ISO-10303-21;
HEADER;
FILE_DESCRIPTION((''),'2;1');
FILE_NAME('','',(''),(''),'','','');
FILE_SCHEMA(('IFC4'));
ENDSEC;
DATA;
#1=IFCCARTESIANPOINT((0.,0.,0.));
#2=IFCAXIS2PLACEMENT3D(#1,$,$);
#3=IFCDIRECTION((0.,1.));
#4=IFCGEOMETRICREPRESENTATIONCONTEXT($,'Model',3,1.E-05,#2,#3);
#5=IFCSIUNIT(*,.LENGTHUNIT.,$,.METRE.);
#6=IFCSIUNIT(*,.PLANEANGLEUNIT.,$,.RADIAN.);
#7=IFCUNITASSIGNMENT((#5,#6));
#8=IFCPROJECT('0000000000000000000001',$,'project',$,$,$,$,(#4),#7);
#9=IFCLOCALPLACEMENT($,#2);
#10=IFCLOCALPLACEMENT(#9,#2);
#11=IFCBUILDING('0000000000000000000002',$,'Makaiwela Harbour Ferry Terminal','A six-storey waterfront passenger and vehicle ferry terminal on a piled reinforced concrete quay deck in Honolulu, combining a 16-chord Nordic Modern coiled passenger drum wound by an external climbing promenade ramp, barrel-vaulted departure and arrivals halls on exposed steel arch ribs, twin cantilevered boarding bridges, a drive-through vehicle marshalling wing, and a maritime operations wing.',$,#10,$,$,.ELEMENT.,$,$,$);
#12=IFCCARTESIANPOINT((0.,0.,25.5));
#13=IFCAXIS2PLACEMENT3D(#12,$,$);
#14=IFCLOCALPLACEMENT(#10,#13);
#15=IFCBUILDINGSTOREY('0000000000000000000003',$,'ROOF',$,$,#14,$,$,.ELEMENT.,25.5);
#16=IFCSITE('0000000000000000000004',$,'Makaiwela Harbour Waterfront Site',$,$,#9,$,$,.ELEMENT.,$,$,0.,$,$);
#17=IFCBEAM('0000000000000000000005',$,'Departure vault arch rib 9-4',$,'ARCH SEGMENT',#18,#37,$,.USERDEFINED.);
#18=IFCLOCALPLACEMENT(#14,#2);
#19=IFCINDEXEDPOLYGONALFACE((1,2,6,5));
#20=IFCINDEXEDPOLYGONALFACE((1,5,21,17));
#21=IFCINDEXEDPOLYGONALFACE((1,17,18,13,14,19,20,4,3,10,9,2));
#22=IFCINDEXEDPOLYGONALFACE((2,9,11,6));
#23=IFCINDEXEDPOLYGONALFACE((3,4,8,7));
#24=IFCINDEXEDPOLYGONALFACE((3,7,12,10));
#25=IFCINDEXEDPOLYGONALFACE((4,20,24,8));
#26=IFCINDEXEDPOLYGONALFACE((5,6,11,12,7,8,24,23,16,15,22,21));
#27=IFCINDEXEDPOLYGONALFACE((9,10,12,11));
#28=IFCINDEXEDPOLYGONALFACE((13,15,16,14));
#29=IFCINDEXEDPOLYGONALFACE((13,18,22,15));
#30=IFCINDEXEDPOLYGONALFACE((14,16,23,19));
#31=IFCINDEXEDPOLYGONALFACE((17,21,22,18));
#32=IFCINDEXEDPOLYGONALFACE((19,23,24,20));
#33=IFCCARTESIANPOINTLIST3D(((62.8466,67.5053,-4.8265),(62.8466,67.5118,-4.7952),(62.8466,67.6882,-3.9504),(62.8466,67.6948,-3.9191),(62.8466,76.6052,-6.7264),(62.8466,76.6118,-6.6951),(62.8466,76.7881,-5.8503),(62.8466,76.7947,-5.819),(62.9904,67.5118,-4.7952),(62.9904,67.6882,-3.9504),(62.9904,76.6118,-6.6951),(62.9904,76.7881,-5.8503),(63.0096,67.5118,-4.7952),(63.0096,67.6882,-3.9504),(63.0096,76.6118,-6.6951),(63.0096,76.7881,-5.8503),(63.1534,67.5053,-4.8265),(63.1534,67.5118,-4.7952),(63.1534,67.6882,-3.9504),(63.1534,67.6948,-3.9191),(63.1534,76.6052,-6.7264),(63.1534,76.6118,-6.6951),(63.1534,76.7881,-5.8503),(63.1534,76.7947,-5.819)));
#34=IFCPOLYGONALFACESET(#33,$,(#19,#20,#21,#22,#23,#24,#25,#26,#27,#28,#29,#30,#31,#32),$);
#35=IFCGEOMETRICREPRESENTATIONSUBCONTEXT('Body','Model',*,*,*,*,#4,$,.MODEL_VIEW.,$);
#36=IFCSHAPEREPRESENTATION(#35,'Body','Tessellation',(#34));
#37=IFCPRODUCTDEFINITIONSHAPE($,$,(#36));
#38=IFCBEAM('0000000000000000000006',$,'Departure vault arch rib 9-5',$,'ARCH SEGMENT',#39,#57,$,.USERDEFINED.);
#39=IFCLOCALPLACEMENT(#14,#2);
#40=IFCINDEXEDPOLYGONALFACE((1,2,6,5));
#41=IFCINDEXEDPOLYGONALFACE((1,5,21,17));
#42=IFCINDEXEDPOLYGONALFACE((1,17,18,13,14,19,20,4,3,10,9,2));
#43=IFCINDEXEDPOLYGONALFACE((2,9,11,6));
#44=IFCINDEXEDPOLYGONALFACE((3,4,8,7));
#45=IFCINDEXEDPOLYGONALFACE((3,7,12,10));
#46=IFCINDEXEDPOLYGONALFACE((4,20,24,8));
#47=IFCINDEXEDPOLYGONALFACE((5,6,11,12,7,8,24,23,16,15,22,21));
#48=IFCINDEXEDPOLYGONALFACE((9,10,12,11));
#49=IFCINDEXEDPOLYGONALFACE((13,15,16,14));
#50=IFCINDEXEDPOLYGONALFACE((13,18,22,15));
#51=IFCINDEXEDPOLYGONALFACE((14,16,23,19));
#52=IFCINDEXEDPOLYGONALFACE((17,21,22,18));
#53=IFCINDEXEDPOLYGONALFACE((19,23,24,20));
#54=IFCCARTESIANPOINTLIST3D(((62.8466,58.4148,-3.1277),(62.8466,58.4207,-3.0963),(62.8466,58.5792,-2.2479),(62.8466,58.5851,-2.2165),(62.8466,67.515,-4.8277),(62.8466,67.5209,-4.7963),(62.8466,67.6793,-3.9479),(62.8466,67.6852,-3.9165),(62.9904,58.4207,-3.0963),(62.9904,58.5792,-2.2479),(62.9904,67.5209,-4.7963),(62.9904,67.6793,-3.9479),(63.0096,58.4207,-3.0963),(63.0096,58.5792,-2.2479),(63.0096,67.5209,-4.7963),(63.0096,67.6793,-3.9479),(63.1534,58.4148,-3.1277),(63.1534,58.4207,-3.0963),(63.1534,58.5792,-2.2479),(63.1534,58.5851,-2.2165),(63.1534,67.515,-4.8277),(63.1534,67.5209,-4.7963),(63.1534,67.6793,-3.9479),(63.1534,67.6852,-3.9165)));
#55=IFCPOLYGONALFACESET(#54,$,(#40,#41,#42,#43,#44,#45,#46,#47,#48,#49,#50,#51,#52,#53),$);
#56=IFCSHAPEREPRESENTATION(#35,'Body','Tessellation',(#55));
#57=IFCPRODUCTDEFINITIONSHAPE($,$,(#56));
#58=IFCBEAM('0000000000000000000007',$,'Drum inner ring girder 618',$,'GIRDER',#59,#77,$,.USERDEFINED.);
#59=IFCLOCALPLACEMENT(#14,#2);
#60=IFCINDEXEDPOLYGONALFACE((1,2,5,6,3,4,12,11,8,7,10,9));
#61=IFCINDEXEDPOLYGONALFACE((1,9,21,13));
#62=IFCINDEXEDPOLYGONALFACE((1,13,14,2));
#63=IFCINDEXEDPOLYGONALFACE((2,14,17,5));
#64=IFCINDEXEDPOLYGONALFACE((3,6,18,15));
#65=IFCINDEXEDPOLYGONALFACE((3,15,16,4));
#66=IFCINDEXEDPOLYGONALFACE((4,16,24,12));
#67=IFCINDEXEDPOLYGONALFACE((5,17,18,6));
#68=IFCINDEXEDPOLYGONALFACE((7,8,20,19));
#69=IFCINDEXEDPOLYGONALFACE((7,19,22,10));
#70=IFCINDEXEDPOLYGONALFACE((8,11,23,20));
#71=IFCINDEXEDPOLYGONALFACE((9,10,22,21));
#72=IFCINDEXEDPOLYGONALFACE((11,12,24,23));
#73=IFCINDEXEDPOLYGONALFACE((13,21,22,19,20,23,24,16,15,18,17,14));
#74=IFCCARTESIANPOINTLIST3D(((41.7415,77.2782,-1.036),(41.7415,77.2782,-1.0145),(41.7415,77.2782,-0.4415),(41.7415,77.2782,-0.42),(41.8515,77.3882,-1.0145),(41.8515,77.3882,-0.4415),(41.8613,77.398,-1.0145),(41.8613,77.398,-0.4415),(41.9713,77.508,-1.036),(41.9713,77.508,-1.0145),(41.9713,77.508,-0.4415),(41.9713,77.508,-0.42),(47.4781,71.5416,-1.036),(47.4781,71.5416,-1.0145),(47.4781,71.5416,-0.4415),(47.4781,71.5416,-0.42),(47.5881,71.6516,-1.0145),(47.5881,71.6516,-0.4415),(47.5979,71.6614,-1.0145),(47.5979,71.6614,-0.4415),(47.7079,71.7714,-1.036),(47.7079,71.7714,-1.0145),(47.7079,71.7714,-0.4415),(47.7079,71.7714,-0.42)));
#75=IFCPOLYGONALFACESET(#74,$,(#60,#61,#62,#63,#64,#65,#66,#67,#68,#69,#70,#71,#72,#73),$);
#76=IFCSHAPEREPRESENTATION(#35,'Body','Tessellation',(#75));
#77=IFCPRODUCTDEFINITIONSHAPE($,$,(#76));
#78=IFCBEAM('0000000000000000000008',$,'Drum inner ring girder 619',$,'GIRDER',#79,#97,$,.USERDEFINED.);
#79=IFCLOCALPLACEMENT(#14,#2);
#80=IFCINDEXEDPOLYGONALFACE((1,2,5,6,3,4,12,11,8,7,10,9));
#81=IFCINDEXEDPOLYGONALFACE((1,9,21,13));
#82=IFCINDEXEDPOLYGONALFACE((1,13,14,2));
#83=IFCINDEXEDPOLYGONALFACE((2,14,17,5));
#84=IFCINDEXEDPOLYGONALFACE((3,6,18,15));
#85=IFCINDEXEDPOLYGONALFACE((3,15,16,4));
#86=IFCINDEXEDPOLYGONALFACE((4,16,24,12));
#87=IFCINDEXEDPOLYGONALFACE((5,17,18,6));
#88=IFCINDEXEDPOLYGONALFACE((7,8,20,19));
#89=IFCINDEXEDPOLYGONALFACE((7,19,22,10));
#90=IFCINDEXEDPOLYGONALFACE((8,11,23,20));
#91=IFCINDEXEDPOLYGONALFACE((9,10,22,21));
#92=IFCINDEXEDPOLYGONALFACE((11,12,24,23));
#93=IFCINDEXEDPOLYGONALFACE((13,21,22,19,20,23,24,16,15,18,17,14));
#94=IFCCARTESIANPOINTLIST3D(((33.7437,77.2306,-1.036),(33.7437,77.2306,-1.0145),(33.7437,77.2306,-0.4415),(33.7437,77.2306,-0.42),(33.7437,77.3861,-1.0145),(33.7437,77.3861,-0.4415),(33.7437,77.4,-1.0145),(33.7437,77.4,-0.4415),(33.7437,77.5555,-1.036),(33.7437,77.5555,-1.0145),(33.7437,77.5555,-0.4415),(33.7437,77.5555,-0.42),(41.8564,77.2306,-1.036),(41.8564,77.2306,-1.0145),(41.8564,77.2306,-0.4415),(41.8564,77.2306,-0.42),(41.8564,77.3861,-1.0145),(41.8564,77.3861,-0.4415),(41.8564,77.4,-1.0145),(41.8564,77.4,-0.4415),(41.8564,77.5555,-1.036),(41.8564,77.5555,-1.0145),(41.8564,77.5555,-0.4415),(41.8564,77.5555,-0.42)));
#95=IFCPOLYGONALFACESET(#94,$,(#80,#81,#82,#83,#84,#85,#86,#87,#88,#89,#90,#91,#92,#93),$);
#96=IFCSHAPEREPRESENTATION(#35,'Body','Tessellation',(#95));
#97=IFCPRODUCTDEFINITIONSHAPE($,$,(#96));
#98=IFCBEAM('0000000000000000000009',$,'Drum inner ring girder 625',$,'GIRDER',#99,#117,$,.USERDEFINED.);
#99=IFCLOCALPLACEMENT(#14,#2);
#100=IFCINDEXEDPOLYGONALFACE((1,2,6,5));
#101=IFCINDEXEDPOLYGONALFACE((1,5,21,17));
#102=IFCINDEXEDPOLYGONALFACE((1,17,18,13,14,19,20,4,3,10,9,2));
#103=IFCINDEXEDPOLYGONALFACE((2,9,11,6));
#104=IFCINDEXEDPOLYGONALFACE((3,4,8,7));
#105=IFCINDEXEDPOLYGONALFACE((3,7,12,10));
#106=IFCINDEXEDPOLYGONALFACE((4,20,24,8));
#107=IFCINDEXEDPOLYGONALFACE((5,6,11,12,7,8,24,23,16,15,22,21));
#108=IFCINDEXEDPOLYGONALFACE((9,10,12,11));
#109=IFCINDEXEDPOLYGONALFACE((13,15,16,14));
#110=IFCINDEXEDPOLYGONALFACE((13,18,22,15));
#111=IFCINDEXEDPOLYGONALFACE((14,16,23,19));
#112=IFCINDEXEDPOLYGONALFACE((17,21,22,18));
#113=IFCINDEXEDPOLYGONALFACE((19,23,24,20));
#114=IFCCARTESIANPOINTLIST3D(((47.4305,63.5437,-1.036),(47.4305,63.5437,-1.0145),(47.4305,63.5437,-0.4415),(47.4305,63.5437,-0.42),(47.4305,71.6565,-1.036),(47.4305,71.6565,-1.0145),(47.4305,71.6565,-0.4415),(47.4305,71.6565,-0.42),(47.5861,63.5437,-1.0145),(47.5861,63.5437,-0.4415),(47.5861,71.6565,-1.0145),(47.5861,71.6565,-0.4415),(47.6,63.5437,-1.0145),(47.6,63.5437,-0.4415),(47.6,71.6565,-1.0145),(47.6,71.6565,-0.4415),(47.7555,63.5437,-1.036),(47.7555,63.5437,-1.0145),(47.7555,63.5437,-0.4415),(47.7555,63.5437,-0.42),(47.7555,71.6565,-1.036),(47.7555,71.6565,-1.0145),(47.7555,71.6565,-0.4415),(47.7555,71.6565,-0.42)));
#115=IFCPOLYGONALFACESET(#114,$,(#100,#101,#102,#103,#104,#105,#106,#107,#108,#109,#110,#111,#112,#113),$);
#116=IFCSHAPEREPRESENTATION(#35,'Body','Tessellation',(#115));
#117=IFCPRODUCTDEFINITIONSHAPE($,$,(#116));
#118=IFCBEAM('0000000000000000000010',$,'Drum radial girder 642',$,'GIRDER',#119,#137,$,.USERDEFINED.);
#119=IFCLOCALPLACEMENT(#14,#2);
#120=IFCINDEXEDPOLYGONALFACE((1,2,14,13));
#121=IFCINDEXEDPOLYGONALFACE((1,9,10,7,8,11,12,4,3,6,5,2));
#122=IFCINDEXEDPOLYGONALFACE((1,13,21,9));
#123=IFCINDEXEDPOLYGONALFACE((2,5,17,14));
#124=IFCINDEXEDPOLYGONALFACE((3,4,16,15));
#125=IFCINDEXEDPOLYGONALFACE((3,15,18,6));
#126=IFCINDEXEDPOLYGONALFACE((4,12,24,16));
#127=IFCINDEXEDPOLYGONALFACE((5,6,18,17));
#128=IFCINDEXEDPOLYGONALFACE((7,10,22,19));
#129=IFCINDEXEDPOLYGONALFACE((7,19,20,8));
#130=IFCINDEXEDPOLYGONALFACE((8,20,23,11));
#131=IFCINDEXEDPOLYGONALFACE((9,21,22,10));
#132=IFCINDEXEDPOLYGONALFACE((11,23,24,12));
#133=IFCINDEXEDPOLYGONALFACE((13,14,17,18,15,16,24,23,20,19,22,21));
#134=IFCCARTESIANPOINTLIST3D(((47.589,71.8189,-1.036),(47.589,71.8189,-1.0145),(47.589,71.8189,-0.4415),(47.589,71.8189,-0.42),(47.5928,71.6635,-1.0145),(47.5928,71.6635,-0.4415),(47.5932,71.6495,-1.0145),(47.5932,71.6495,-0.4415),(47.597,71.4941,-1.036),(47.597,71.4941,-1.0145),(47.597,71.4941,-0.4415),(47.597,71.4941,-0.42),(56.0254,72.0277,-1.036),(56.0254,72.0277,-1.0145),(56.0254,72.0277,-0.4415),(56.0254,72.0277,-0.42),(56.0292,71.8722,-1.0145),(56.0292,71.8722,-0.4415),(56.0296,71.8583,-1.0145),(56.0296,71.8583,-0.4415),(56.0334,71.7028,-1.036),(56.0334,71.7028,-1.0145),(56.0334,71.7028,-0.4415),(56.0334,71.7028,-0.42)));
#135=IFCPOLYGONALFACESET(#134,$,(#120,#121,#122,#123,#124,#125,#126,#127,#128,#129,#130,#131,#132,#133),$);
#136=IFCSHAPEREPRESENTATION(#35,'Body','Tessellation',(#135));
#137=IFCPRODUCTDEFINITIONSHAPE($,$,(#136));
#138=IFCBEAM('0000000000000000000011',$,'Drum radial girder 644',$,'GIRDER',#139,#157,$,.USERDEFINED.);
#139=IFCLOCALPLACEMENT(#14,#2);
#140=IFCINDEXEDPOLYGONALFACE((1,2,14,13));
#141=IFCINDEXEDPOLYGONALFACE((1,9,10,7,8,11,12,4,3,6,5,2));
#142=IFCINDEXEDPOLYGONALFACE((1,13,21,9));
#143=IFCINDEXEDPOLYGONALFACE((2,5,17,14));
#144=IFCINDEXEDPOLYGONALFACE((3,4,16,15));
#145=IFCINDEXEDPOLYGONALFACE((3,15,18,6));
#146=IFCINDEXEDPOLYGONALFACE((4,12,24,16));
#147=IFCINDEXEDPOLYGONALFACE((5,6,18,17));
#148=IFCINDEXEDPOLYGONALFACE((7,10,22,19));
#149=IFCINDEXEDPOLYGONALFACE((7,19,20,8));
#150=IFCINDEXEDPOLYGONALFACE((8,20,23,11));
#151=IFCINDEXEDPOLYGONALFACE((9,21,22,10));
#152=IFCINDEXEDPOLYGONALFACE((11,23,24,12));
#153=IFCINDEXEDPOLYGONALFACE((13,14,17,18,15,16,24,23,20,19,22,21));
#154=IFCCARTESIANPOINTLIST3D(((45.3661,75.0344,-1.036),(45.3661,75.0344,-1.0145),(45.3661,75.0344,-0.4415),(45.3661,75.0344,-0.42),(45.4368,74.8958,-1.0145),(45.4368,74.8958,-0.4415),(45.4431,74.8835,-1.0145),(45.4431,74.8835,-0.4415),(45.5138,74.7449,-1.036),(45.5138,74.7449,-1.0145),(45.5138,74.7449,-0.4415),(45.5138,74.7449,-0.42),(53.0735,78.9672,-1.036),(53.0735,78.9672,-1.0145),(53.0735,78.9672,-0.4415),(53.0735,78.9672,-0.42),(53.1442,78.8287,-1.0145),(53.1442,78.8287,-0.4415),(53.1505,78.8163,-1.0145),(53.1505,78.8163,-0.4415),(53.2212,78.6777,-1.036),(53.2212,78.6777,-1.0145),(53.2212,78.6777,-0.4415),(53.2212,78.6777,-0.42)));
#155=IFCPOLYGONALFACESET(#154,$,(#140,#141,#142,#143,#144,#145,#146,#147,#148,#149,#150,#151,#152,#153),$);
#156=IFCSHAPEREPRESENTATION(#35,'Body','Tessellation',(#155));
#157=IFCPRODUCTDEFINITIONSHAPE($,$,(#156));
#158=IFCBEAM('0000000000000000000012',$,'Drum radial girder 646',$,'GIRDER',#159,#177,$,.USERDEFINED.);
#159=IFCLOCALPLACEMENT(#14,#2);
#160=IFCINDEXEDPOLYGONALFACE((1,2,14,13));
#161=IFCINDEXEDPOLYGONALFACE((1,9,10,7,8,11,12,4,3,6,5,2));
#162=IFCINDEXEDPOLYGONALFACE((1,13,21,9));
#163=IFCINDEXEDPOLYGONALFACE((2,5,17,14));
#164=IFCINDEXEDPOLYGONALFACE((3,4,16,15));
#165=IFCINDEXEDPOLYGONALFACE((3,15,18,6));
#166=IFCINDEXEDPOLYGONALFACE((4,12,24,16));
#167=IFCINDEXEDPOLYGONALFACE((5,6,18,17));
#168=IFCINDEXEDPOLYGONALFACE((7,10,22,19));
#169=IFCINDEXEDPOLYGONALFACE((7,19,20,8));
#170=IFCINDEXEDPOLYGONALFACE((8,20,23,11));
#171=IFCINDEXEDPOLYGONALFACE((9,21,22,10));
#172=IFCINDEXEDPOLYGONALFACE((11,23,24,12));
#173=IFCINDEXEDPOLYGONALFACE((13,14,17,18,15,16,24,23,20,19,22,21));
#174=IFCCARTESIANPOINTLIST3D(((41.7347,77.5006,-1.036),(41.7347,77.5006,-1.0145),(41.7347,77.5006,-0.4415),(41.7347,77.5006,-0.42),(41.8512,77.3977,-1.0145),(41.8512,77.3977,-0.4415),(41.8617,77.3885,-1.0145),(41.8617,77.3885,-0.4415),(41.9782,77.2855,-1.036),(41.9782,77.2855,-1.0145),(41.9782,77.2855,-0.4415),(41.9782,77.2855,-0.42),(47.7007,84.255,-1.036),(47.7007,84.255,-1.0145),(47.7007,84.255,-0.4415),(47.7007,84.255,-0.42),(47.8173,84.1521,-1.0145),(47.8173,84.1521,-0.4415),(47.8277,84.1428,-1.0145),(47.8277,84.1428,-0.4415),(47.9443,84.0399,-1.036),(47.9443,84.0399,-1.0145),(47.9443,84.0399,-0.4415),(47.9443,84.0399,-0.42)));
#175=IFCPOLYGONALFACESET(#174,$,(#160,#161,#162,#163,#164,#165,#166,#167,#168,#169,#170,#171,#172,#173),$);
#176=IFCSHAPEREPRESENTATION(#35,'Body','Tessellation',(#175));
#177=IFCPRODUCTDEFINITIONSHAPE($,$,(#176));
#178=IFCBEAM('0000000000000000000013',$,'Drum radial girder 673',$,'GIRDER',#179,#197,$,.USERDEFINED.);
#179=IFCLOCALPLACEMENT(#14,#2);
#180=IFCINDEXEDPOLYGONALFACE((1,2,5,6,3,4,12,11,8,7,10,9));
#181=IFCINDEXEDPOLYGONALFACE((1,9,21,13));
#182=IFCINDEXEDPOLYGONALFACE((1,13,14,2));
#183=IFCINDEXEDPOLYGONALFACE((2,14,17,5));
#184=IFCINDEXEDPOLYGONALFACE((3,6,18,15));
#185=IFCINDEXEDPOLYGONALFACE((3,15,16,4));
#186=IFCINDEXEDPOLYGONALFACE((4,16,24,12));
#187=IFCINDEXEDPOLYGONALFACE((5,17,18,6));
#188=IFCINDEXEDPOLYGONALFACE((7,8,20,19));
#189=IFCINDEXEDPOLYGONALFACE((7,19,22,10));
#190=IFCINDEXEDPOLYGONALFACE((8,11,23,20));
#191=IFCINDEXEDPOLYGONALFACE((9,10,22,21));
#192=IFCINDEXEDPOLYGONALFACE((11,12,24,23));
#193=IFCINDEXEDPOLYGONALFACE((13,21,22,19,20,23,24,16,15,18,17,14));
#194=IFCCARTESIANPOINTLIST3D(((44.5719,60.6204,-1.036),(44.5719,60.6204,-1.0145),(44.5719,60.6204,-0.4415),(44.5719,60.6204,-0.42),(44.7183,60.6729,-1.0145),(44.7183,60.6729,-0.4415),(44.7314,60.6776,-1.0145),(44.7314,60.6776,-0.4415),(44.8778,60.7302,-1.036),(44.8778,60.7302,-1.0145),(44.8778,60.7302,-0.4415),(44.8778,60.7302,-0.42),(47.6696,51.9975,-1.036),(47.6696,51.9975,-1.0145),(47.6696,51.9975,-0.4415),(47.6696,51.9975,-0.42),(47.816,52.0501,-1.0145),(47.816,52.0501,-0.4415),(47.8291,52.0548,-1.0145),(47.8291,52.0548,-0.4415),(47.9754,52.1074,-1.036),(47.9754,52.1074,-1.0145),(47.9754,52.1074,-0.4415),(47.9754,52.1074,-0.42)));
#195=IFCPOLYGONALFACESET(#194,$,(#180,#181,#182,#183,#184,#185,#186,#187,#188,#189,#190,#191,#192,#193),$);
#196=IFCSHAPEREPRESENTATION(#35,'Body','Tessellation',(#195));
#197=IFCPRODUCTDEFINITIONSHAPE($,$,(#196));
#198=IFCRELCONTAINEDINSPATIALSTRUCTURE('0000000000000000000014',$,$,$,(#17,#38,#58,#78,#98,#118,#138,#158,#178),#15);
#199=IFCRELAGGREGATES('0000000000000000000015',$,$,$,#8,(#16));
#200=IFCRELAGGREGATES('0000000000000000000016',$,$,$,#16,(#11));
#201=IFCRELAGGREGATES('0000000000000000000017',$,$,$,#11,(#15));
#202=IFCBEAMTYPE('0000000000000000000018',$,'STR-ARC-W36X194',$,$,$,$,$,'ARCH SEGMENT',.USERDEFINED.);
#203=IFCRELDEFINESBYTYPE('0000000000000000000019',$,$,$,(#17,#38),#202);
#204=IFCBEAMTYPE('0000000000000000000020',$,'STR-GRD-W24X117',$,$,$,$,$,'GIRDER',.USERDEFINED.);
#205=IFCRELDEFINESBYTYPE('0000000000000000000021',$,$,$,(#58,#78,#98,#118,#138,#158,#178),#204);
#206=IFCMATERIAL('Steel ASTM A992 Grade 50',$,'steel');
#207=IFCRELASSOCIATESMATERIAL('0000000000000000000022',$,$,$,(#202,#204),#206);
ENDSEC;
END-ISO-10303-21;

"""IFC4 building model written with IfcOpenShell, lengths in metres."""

from ifc_helpers import new_model, si_unit, direction, frame, origin, origin_2d, place, context, subcontext, project, spatial, i_section, extrude, material, material_profile, profile_set, type_object, element, save


model = new_model("IFC4")

# Units and contexts
model_context = context("Model", 3, precision=1e-05, world=origin(), true_north=direction((0.0, 1.0)))
body_context = subcontext(model_context, "Body", "Model", "MODEL_VIEW")
ifc_project = project(units=[si_unit("LENGTHUNIT", "METRE"), si_unit("PLANEANGLEUNIT", "RADIAN")], contexts=[model_context])

# Site, building, storey
site_placement = place(None, origin())
site = spatial("IfcSite", under=ifc_project, at=site_placement, Name="Makaiwela Harbour Waterfront Site", CompositionType="ELEMENT", RefElevation=0.0)
building_placement = place(site_placement, origin())
building = spatial("IfcBuilding", under=site, at=building_placement, Name="Makaiwela Harbour Ferry Terminal", Description="A six-storey waterfront passenger and vehicle ferry terminal on a piled reinforced concrete quay deck in Honolulu, combining a 16-chord Nordic Modern coiled passenger drum wound by an external climbing promenade ramp, barrel-vaulted departure and arrivals halls on exposed steel arch ribs, twin cantilevered boarding bridges, a drive-through vehicle marshalling wing, and a maritime operations wing.", CompositionType="ELEMENT")
storey_placement = place(building_placement, frame((0.0, 0.0, 25.5)))
storey = spatial("IfcBuildingStorey", under=building, at=storey_placement, Name="ROOF", CompositionType="ELEMENT", Elevation=25.5)

# Beams
ifc_material_1 = material(Name="Steel ASTM A992 Grade 50", Category="steel")
ifc_material_profile_1 = material_profile(ifc_material_1, i_section(OverallWidth=0.3069, OverallDepth=0.927, WebThickness=0.0193, FlangeThickness=0.032, at=origin_2d()), Name="W36X194")
ifc_profile_set_1 = profile_set([ifc_material_profile_1], Name="Steel ASTM A992 Grade 50")
beam_type_1 = type_object("IfcBeamType", Name="STR-ARC-W36X194", ElementType="ARCH SEGMENT", PredefinedType="USERDEFINED", material=ifc_profile_set_1)
beam_1_placement = place(storey_placement, frame((63.0, 76.7, -6.2727), z_axis=(0.0, -0.978892, 0.204377), x_axis=(1.0, 0.0, 0.0)))
element("IfcBeam", 1, at=beam_1_placement, inside=storey, type_object=beam_type_1, Name="Departure vault arch rib 9-4", ObjectType="ARCH SEGMENT", PredefinedType="USERDEFINED", context=body_context, shape_type="SweptSolid", body=[
    extrude(i_section(OverallWidth=0.3069, OverallDepth=0.927, WebThickness=0.0193, FlangeThickness=0.032, at=origin_2d()), origin(), (0.0, 0.0, 1.0), 9.2961),
])
beam_2_placement = place(storey_placement, frame((63.0, 67.6001, -4.3721), z_axis=(0.0, -0.982996, 0.183629), x_axis=(1.0, 0.0, 0.0)))
element("IfcBeam", 2, at=beam_2_placement, inside=storey, type_object=beam_type_1, Name="Departure vault arch rib 9-5", ObjectType="ARCH SEGMENT", PredefinedType="USERDEFINED", context=body_context, shape_type="SweptSolid", body=[
    extrude(i_section(OverallWidth=0.3069, OverallDepth=0.927, WebThickness=0.0193, FlangeThickness=0.032, at=origin_2d()), origin(), (0.0, 0.0, 1.0), 9.2576),
])
ifc_material_profile_2 = material_profile(ifc_material_1, i_section(OverallWidth=0.325, OverallDepth=0.616, WebThickness=0.0139, FlangeThickness=0.0215, at=origin_2d()), Name="W24X117")
ifc_profile_set_2 = profile_set([ifc_material_profile_2], Name="Steel ASTM A992 Grade 50")
beam_type_2 = type_object("IfcBeamType", Name="STR-GRD-W24X117", ElementType="GIRDER", PredefinedType="USERDEFINED", material=ifc_profile_set_2)
for number, where, z_axis, x_axis, name in (
    (3, (47.593, 71.6565, -0.728), (-0.707107, 0.707107, 0.0), (-0.707107, -0.707107, 0.0), "Drum inner ring girder 618"),
    (4, (41.8564, 77.3931, -0.728), (-1.0, 0.0, 0.0), (0.0, -1.0, 0.0), "Drum inner ring girder 619"),
    (5, (47.593, 63.5437, -0.728), (0.0, 1.0, 0.0), (-1.0, 0.0, 0.0), "Drum inner ring girder 625"),
):
    element("IfcBeam", number, at=place(storey_placement, frame(where, z_axis=z_axis, x_axis=x_axis)), inside=storey, type_object=beam_type_2, Name=name, ObjectType="GIRDER", PredefinedType="USERDEFINED", context=body_context, shape_type="SweptSolid", body=[
        extrude(i_section(OverallWidth=0.325, OverallDepth=0.616, WebThickness=0.0139, FlangeThickness=0.0215, at=origin_2d()), origin(), (0.0, 0.0, 1.0), 8.1128),
    ])
beam_3_placement = place(storey_placement, frame((47.593, 71.6565, -0.728), z_axis=(0.999694, 0.024736, 0.0), x_axis=(-0.024736, 0.999694, 0.0)))
element("IfcBeam", 6, at=beam_3_placement, inside=storey, type_object=beam_type_2, Name="Drum radial girder 642", ObjectType="GIRDER", PredefinedType="USERDEFINED", context=body_context, shape_type="SweptSolid", body=[
    extrude(i_section(OverallWidth=0.325, OverallDepth=0.616, WebThickness=0.0139, FlangeThickness=0.0215, at=origin_2d()), origin(), (0.0, 0.0, 1.0), 8.439),
])
beam_4_placement = place(storey_placement, frame((45.4399, 74.8896, -0.728), z_axis=(0.890741, 0.454512, 0.0), x_axis=(-0.454512, 0.890741, 0.0)))
element("IfcBeam", 7, at=beam_4_placement, inside=storey, type_object=beam_type_2, Name="Drum radial girder 644", ObjectType="GIRDER", PredefinedType="USERDEFINED", context=body_context, shape_type="SweptSolid", body=[
    extrude(i_section(OverallWidth=0.325, OverallDepth=0.616, WebThickness=0.0139, FlangeThickness=0.0215, at=origin_2d()), origin(), (0.0, 0.0, 1.0), 8.6528),
])
beam_5_placement = place(storey_placement, frame((41.8564, 77.3931, -0.728), z_axis=(0.662015, 0.749491, 0.0), x_axis=(-0.749491, 0.662015, 0.0)))
element("IfcBeam", 8, at=beam_5_placement, inside=storey, type_object=beam_type_2, Name="Drum radial girder 646", ObjectType="GIRDER", PredefinedType="USERDEFINED", context=body_context, shape_type="SweptSolid", body=[
    extrude(i_section(OverallWidth=0.325, OverallDepth=0.616, WebThickness=0.0139, FlangeThickness=0.0215, at=origin_2d()), origin(), (0.0, 0.0, 1.0), 9.012),
])
beam_6_placement = place(storey_placement, frame((44.7249, 60.6753, -0.728), z_axis=(0.338086, -0.941115, 0.0), x_axis=(0.941115, 0.338086, 0.0)))
element("IfcBeam", 9, at=beam_6_placement, inside=storey, type_object=beam_type_2, Name="Drum radial girder 673", ObjectType="GIRDER", PredefinedType="USERDEFINED", context=body_context, shape_type="SweptSolid", body=[
    extrude(i_section(OverallWidth=0.325, OverallDepth=0.616, WebThickness=0.0139, FlangeThickness=0.0215, at=origin_2d()), origin(), (0.0, 0.0, 1.0), 9.1624),
])

save(model, "model.ifc")
